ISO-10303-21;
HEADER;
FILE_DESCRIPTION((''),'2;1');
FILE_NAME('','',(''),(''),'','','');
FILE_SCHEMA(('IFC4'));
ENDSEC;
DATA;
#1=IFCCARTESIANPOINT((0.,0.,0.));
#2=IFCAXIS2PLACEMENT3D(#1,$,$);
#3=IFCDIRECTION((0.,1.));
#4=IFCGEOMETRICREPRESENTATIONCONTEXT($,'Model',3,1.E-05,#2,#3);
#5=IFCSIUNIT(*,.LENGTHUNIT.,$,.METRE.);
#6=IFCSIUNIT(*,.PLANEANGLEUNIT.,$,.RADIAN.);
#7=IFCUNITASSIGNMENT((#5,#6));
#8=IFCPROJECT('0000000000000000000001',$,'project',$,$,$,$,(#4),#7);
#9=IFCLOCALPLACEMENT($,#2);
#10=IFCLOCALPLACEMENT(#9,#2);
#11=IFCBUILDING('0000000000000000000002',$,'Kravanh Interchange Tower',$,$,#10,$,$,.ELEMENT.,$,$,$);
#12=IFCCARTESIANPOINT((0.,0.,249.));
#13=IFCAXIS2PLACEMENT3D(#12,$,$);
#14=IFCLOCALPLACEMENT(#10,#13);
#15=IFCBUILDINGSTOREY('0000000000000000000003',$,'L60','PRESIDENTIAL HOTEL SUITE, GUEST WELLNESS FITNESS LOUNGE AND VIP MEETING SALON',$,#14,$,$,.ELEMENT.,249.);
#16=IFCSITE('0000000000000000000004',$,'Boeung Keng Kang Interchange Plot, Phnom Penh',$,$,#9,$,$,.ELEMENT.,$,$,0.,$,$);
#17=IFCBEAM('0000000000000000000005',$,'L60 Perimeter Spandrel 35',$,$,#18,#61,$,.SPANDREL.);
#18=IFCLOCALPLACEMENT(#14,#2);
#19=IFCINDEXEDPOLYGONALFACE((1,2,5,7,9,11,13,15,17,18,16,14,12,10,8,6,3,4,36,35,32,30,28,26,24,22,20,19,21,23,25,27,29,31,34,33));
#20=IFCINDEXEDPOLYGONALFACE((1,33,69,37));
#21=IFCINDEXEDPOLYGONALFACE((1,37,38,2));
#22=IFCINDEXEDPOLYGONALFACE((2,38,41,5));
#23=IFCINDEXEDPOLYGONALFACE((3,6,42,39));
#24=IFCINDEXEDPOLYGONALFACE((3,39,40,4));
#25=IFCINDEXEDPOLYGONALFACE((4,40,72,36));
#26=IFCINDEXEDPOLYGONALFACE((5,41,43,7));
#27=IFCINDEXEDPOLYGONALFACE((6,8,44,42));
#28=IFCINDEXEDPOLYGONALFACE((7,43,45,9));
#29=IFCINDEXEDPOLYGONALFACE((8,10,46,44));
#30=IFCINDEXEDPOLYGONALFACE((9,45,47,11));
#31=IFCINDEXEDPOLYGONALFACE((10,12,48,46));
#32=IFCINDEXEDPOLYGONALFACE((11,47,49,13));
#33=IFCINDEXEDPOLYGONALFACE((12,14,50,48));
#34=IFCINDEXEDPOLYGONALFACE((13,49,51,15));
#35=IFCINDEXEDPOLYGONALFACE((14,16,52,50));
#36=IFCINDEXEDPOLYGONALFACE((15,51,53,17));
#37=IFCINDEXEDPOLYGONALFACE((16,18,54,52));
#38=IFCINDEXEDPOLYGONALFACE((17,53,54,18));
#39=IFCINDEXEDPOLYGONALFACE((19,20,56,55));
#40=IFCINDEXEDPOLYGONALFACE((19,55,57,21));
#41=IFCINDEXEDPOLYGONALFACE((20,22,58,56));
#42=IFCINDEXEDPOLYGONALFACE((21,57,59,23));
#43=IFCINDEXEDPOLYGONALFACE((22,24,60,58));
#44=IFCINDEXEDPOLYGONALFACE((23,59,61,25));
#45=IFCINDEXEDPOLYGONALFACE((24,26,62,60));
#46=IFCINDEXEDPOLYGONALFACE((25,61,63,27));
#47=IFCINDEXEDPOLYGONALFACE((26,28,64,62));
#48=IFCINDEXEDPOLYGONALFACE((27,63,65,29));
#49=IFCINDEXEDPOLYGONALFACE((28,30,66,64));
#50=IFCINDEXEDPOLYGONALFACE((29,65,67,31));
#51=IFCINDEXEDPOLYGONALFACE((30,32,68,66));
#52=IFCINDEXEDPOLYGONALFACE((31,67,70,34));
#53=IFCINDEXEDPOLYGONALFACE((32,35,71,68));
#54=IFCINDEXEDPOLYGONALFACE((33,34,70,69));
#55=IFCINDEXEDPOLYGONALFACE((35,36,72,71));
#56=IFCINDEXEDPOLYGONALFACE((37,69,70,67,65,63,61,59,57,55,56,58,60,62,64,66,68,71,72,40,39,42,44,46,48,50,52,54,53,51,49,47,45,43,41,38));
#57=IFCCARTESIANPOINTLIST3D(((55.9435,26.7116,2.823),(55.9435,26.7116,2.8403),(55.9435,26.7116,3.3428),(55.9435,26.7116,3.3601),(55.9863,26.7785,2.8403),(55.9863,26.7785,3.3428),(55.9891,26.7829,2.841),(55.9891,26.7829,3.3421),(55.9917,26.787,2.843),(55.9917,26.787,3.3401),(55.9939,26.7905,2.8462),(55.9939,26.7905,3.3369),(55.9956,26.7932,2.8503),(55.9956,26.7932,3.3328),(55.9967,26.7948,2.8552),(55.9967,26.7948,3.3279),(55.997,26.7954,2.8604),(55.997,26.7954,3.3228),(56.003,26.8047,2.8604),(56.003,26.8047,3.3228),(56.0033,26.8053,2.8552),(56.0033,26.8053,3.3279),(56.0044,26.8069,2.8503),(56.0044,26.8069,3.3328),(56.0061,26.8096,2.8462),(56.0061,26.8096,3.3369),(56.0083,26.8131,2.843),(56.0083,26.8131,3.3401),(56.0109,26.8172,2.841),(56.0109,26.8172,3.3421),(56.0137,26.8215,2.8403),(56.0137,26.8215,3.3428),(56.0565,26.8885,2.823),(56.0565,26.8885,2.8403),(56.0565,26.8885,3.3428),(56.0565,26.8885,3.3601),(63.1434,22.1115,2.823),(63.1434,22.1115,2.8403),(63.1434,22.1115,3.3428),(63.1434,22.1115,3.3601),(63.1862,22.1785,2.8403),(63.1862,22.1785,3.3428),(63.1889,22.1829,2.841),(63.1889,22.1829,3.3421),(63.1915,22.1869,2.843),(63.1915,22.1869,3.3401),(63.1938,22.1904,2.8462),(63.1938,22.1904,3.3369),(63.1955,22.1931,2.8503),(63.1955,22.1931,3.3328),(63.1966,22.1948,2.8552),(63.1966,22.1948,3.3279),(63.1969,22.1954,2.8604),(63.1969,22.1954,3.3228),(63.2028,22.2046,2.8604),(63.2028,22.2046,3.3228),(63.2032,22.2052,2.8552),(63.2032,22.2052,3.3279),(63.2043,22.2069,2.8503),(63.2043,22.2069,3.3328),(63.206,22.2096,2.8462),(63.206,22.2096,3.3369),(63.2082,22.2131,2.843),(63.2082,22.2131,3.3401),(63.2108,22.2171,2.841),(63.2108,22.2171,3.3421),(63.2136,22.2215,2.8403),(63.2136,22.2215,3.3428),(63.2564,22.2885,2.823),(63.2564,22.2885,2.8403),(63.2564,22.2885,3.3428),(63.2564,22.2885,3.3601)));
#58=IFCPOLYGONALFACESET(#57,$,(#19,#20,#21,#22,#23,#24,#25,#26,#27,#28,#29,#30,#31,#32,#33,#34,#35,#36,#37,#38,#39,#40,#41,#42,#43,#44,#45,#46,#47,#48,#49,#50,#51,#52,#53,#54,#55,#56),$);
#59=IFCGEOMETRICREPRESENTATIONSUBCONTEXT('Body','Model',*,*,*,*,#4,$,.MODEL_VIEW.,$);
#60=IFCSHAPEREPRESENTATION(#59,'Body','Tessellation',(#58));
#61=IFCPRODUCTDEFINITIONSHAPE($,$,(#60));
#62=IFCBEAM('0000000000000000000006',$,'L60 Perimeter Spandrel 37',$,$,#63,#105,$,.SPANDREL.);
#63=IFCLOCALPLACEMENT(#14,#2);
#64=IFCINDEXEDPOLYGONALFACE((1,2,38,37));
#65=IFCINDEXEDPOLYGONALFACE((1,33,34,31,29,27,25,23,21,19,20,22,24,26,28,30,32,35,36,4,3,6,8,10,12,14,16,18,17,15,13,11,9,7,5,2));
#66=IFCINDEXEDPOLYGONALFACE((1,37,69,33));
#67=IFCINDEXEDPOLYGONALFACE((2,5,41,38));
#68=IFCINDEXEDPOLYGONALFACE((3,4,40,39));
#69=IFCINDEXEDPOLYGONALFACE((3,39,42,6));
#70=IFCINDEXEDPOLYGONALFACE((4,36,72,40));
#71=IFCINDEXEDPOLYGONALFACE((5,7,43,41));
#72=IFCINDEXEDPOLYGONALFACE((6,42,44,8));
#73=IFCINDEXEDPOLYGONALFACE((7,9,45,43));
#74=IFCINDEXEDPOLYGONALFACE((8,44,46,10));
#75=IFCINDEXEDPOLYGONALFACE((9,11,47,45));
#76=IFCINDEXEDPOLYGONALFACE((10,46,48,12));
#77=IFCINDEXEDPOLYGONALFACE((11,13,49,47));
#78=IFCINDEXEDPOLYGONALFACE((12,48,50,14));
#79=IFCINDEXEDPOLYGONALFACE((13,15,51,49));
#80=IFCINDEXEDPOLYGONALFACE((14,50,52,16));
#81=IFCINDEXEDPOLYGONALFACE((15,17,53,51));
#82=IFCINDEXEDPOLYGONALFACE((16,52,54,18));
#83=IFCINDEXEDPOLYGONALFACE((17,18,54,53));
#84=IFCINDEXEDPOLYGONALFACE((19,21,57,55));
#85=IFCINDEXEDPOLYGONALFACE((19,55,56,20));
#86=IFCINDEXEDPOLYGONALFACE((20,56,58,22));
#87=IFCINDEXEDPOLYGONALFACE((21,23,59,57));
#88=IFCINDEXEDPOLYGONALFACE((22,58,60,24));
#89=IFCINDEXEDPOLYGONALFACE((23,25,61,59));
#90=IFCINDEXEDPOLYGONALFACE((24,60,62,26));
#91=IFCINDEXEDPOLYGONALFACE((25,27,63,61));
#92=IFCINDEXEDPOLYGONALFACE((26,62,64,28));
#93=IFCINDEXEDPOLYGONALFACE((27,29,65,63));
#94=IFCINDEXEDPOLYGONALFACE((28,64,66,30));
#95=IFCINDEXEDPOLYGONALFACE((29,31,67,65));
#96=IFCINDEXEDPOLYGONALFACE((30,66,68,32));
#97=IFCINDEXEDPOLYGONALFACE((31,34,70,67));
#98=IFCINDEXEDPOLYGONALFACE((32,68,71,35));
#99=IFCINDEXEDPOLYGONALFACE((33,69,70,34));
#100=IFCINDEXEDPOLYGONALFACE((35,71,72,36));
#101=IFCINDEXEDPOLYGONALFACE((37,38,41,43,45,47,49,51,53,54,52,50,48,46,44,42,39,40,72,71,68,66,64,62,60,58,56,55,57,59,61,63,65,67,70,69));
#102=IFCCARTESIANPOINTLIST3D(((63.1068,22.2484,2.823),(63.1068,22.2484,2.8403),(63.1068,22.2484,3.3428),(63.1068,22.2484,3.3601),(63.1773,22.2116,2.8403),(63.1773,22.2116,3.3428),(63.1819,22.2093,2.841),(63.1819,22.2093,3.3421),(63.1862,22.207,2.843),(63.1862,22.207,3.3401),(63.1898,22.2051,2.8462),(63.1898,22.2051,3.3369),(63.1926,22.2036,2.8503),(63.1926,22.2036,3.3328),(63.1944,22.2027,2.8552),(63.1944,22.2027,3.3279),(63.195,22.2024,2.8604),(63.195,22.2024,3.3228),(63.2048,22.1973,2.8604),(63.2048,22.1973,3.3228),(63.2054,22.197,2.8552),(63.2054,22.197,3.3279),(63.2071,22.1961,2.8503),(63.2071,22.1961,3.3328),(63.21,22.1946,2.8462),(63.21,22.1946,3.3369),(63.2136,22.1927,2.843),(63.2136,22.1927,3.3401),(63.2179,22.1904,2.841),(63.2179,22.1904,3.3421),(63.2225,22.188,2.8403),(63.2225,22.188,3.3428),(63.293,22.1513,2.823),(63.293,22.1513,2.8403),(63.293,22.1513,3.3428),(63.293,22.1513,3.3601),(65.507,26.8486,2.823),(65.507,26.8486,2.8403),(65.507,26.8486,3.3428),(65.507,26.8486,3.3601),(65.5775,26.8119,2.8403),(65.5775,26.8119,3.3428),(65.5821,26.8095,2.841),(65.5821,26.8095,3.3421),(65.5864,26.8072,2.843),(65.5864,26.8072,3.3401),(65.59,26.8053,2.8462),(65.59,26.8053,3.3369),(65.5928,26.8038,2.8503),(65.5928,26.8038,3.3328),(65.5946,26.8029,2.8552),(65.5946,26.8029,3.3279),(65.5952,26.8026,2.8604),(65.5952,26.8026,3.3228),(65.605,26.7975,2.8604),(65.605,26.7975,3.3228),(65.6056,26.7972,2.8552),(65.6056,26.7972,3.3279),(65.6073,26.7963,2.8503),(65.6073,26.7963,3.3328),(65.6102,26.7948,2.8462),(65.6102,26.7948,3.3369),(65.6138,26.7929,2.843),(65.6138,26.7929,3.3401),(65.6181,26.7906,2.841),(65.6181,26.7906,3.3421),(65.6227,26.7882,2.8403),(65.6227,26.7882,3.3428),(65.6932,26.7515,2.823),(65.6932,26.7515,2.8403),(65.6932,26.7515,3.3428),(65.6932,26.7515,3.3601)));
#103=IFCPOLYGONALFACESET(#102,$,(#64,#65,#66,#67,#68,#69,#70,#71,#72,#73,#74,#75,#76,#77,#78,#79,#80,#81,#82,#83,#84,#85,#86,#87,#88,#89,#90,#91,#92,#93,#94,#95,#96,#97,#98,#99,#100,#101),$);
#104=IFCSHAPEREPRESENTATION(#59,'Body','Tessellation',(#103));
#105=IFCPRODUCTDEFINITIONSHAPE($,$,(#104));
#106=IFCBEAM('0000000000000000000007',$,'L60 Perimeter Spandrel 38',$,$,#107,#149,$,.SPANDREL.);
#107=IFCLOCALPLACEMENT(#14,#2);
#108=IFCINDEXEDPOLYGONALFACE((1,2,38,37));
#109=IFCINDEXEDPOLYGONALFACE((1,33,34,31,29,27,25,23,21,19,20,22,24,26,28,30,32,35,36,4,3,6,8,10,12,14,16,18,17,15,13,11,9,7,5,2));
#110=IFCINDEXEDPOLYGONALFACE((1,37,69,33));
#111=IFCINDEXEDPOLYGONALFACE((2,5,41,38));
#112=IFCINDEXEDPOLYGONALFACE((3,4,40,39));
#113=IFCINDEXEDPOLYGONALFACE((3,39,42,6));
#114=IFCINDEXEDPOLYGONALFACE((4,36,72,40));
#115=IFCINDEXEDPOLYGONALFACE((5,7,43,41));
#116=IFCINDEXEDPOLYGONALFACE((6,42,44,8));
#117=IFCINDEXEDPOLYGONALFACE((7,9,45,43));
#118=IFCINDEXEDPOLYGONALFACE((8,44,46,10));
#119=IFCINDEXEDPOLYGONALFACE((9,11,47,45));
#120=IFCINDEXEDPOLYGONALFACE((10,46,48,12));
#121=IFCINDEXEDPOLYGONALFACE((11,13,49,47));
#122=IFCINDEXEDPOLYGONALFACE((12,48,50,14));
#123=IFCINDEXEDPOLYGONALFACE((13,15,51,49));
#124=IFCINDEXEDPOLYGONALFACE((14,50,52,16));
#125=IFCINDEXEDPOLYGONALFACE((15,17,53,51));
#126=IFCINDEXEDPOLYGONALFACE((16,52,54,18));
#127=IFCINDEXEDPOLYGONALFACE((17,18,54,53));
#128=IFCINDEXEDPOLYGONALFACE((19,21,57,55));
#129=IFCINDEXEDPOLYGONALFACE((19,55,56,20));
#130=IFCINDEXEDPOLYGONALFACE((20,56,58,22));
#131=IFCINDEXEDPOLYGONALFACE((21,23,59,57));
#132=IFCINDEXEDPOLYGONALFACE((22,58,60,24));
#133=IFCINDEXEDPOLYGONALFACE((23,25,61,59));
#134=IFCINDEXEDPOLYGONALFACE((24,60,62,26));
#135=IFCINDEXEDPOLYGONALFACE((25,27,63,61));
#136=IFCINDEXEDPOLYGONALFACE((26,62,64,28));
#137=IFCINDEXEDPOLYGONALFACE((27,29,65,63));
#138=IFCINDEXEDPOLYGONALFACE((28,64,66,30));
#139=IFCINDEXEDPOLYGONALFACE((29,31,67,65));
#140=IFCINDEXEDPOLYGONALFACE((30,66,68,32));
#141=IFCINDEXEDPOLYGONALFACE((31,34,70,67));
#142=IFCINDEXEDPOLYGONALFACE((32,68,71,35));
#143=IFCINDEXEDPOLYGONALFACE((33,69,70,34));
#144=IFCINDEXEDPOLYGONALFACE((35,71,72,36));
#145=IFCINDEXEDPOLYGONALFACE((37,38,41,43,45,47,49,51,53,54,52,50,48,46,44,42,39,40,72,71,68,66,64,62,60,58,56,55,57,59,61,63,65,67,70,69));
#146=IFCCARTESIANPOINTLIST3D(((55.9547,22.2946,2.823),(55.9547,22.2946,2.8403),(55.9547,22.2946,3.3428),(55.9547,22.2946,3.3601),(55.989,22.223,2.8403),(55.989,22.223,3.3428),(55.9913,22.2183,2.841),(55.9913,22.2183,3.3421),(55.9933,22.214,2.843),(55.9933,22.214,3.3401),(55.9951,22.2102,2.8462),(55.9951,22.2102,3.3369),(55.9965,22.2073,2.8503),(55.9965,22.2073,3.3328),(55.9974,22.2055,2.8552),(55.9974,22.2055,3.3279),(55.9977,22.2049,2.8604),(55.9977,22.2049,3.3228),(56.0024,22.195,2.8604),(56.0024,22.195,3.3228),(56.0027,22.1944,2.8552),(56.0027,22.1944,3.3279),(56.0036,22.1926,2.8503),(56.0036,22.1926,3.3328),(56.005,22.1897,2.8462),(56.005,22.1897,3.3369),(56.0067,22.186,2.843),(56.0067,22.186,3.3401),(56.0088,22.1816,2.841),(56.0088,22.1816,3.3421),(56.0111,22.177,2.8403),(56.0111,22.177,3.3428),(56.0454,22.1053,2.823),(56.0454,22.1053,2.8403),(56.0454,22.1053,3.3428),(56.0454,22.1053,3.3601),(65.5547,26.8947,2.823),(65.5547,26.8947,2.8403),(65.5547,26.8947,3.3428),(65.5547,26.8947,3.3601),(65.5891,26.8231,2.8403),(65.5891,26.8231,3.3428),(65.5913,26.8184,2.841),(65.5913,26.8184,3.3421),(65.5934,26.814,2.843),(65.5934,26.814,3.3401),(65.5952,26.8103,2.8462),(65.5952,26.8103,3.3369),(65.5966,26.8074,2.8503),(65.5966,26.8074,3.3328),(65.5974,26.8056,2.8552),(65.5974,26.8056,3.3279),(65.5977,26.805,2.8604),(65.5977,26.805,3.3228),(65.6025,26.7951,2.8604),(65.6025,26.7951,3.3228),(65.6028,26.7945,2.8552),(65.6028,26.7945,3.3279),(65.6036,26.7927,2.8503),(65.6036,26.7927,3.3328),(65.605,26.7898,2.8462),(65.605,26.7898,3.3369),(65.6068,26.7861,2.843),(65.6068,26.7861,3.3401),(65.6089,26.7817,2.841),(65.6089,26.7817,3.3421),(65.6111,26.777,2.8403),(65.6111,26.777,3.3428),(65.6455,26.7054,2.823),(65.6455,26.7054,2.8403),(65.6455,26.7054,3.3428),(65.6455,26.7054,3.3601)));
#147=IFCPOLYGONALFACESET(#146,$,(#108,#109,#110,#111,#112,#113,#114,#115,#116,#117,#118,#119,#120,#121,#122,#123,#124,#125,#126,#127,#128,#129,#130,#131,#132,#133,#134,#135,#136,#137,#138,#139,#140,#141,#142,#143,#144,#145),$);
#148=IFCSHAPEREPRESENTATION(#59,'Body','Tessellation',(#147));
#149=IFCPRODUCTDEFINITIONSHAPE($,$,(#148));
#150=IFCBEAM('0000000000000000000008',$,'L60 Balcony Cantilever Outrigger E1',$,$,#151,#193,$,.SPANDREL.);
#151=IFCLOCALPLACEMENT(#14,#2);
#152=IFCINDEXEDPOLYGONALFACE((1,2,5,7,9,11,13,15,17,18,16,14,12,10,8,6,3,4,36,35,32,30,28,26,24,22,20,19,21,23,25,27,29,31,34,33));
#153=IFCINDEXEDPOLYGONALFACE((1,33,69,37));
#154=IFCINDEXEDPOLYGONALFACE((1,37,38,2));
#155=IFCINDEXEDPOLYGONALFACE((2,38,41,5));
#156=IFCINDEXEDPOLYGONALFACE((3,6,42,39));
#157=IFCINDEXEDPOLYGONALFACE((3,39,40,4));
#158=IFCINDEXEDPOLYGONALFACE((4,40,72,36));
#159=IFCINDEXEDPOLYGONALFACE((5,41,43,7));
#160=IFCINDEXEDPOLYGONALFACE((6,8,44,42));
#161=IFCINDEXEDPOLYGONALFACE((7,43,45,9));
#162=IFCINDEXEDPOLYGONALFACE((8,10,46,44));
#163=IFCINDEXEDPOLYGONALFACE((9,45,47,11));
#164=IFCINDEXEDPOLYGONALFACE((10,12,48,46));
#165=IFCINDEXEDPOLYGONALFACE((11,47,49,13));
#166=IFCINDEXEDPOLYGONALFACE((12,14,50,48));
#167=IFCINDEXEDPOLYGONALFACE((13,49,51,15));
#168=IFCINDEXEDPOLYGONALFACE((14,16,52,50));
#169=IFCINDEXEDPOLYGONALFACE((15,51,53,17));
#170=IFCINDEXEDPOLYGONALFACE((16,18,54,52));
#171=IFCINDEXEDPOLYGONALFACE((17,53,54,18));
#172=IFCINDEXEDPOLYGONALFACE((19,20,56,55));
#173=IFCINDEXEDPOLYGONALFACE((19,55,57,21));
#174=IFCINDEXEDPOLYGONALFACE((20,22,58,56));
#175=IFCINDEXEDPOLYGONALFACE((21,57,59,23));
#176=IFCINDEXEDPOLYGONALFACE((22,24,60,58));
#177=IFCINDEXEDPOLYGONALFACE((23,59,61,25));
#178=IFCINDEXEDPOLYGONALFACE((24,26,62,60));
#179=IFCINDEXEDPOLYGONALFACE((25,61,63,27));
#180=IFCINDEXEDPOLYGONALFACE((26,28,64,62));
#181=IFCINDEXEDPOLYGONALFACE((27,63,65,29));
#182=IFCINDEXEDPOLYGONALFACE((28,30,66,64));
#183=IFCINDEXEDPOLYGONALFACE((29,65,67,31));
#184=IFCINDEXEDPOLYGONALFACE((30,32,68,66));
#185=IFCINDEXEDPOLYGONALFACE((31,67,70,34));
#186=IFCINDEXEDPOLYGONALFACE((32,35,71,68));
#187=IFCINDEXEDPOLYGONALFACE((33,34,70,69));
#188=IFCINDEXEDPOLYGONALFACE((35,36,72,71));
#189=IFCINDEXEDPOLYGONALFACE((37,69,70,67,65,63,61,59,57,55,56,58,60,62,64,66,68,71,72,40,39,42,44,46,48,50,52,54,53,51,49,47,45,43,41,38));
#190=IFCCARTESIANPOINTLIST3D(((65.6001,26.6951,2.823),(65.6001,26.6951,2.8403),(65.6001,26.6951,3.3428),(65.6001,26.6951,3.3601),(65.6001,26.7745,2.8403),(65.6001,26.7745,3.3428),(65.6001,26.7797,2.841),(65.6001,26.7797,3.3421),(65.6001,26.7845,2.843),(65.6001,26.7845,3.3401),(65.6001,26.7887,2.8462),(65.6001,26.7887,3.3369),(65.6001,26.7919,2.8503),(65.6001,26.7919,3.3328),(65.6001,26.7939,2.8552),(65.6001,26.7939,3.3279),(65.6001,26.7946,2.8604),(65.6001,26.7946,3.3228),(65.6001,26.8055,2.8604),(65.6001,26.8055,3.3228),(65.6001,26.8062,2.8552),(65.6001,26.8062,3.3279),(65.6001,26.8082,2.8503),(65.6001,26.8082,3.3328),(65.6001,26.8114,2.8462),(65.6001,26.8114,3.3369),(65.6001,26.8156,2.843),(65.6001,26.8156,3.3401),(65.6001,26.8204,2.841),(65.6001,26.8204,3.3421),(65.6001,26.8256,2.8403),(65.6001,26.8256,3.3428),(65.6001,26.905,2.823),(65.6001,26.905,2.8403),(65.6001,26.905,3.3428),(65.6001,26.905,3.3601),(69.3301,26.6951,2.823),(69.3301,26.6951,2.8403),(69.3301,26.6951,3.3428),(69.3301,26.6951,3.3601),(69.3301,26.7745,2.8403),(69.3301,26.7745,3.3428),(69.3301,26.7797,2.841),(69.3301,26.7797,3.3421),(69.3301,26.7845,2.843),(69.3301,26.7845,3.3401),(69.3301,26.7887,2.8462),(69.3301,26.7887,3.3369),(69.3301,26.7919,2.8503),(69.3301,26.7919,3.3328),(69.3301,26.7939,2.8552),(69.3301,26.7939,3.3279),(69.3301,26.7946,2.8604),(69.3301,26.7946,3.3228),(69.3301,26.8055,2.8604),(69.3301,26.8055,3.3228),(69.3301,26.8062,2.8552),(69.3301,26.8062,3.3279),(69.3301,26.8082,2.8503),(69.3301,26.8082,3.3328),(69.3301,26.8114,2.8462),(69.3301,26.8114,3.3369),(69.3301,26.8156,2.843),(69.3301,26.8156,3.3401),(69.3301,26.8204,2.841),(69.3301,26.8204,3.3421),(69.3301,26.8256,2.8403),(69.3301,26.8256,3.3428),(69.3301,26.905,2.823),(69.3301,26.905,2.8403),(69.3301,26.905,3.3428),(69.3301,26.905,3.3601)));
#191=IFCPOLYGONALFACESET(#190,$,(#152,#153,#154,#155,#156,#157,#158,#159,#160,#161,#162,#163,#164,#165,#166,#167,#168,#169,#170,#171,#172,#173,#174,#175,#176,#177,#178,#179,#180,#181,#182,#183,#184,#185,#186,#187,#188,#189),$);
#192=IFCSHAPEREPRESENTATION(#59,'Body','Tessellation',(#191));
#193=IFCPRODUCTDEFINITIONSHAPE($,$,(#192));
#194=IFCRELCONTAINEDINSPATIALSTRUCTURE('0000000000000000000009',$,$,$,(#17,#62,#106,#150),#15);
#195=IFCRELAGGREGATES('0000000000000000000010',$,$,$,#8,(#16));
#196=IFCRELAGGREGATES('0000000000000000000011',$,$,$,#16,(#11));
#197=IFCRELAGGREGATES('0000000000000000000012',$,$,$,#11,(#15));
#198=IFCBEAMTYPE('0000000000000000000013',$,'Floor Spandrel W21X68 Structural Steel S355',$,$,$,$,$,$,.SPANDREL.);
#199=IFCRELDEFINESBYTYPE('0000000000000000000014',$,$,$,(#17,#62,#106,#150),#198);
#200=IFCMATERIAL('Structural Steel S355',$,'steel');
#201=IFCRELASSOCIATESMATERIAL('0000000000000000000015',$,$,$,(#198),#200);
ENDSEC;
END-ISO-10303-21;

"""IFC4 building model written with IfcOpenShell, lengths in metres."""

from ifc_helpers import new_model, si_unit, direction, frame, origin, origin_2d, place, context, subcontext, project, spatial, i_section, extrude, material, material_profile, profile_set, type_object, element, save


model = new_model("IFC4")

# Units and contexts
model_context = context("Model", 3, precision=1e-05, world=origin(), true_north=direction((0.0, 1.0)))
body_context = subcontext(model_context, "Body", "Model", "MODEL_VIEW")
ifc_project = project(units=[si_unit("LENGTHUNIT", "METRE"), si_unit("PLANEANGLEUNIT", "RADIAN")], contexts=[model_context])

# Site, building, storey
site_placement = place(None, origin())
site = spatial("IfcSite", under=ifc_project, at=site_placement, Name="Boeung Keng Kang Interchange Plot, Phnom Penh", CompositionType="ELEMENT", RefElevation=0.0)
building_placement = place(site_placement, origin())
building = spatial("IfcBuilding", under=site, at=building_placement, Name="Kravanh Interchange Tower", CompositionType="ELEMENT")
storey_placement = place(building_placement, frame((0.0, 0.0, 249.0)))
storey = spatial("IfcBuildingStorey", under=building, at=storey_placement, Name="L60", Description="PRESIDENTIAL HOTEL SUITE, GUEST WELLNESS FITNESS LOUNGE AND VIP MEETING SALON", CompositionType="ELEMENT", Elevation=249.0)

# Beams
ifc_material_1 = material(Name="Structural Steel S355", Category="steel")
ifc_material_profile_1 = material_profile(ifc_material_1, i_section(OverallWidth=0.21, OverallDepth=0.5371, WebThickness=0.011, FlangeThickness=0.0173, FilletRadius=0.02, at=origin_2d()), Name="W21X68")
ifc_profile_set_1 = profile_set([ifc_material_profile_1], Name="Structural Steel S355")
beam_type_1 = type_object("IfcBeamType", Name="Floor Spandrel W21X68 Structural Steel S355", PredefinedType="SPANDREL", material=ifc_profile_set_1)
beam_1_placement = place(storey_placement, frame((56.0, 26.8, 3.0916), z_axis=(0.842689, -0.5384, 0.0), x_axis=(0.5384, 0.842689, 0.0)))
element("IfcBeam", 1, at=beam_1_placement, inside=storey, type_object=beam_type_1, Name="L60 Perimeter Spandrel 35", PredefinedType="SPANDREL", context=body_context, shape_type="SweptSolid", body=[
    extrude(i_section(OverallWidth=0.21, OverallDepth=0.5371, WebThickness=0.011, FlangeThickness=0.0173, FilletRadius=0.02, at=origin_2d()), origin(), (0.0, 0.0, 1.0), 8.5439),
])
beam_2_placement = place(storey_placement, frame((65.6001, 26.8, 3.0916), z_axis=(-0.46258, -0.886577, 0.0), x_axis=(0.886577, -0.46258, 0.0)))
element("IfcBeam", 2, at=beam_2_placement, inside=storey, type_object=beam_type_1, Name="L60 Perimeter Spandrel 37", PredefinedType="SPANDREL", context=body_context, shape_type="SweptSolid", body=[
    extrude(i_section(OverallWidth=0.21, OverallDepth=0.5371, WebThickness=0.011, FlangeThickness=0.0173, FilletRadius=0.02, at=origin_2d()), origin(), (0.0, 0.0, 1.0), 5.1887),
])
beam_3_placement = place(storey_placement, frame((65.6001, 26.8, 3.0916), z_axis=(-0.901814, -0.432124, 0.0), x_axis=(0.432124, -0.901814, 0.0)))
element("IfcBeam", 3, at=beam_3_placement, inside=storey, type_object=beam_type_1, Name="L60 Perimeter Spandrel 38", PredefinedType="SPANDREL", context=body_context, shape_type="SweptSolid", body=[
    extrude(i_section(OverallWidth=0.21, OverallDepth=0.5371, WebThickness=0.011, FlangeThickness=0.0173, FilletRadius=0.02, at=origin_2d()), origin(), (0.0, 0.0, 1.0), 10.6453),
])
beam_4_placement = place(storey_placement, frame((65.6001, 26.8, 3.0916), z_axis=(1.0, 0.0, 0.0), x_axis=(0.0, 1.0, 0.0)))
element("IfcBeam", 4, at=beam_4_placement, inside=storey, type_object=beam_type_1, Name="L60 Balcony Cantilever Outrigger E1", PredefinedType="SPANDREL", context=body_context, shape_type="SweptSolid", body=[
    extrude(i_section(OverallWidth=0.21, OverallDepth=0.5371, WebThickness=0.011, FlangeThickness=0.0173, FilletRadius=0.02, at=origin_2d()), origin(), (0.0, 0.0, 1.0), 3.73),
])

save(model, "model.ifc")
